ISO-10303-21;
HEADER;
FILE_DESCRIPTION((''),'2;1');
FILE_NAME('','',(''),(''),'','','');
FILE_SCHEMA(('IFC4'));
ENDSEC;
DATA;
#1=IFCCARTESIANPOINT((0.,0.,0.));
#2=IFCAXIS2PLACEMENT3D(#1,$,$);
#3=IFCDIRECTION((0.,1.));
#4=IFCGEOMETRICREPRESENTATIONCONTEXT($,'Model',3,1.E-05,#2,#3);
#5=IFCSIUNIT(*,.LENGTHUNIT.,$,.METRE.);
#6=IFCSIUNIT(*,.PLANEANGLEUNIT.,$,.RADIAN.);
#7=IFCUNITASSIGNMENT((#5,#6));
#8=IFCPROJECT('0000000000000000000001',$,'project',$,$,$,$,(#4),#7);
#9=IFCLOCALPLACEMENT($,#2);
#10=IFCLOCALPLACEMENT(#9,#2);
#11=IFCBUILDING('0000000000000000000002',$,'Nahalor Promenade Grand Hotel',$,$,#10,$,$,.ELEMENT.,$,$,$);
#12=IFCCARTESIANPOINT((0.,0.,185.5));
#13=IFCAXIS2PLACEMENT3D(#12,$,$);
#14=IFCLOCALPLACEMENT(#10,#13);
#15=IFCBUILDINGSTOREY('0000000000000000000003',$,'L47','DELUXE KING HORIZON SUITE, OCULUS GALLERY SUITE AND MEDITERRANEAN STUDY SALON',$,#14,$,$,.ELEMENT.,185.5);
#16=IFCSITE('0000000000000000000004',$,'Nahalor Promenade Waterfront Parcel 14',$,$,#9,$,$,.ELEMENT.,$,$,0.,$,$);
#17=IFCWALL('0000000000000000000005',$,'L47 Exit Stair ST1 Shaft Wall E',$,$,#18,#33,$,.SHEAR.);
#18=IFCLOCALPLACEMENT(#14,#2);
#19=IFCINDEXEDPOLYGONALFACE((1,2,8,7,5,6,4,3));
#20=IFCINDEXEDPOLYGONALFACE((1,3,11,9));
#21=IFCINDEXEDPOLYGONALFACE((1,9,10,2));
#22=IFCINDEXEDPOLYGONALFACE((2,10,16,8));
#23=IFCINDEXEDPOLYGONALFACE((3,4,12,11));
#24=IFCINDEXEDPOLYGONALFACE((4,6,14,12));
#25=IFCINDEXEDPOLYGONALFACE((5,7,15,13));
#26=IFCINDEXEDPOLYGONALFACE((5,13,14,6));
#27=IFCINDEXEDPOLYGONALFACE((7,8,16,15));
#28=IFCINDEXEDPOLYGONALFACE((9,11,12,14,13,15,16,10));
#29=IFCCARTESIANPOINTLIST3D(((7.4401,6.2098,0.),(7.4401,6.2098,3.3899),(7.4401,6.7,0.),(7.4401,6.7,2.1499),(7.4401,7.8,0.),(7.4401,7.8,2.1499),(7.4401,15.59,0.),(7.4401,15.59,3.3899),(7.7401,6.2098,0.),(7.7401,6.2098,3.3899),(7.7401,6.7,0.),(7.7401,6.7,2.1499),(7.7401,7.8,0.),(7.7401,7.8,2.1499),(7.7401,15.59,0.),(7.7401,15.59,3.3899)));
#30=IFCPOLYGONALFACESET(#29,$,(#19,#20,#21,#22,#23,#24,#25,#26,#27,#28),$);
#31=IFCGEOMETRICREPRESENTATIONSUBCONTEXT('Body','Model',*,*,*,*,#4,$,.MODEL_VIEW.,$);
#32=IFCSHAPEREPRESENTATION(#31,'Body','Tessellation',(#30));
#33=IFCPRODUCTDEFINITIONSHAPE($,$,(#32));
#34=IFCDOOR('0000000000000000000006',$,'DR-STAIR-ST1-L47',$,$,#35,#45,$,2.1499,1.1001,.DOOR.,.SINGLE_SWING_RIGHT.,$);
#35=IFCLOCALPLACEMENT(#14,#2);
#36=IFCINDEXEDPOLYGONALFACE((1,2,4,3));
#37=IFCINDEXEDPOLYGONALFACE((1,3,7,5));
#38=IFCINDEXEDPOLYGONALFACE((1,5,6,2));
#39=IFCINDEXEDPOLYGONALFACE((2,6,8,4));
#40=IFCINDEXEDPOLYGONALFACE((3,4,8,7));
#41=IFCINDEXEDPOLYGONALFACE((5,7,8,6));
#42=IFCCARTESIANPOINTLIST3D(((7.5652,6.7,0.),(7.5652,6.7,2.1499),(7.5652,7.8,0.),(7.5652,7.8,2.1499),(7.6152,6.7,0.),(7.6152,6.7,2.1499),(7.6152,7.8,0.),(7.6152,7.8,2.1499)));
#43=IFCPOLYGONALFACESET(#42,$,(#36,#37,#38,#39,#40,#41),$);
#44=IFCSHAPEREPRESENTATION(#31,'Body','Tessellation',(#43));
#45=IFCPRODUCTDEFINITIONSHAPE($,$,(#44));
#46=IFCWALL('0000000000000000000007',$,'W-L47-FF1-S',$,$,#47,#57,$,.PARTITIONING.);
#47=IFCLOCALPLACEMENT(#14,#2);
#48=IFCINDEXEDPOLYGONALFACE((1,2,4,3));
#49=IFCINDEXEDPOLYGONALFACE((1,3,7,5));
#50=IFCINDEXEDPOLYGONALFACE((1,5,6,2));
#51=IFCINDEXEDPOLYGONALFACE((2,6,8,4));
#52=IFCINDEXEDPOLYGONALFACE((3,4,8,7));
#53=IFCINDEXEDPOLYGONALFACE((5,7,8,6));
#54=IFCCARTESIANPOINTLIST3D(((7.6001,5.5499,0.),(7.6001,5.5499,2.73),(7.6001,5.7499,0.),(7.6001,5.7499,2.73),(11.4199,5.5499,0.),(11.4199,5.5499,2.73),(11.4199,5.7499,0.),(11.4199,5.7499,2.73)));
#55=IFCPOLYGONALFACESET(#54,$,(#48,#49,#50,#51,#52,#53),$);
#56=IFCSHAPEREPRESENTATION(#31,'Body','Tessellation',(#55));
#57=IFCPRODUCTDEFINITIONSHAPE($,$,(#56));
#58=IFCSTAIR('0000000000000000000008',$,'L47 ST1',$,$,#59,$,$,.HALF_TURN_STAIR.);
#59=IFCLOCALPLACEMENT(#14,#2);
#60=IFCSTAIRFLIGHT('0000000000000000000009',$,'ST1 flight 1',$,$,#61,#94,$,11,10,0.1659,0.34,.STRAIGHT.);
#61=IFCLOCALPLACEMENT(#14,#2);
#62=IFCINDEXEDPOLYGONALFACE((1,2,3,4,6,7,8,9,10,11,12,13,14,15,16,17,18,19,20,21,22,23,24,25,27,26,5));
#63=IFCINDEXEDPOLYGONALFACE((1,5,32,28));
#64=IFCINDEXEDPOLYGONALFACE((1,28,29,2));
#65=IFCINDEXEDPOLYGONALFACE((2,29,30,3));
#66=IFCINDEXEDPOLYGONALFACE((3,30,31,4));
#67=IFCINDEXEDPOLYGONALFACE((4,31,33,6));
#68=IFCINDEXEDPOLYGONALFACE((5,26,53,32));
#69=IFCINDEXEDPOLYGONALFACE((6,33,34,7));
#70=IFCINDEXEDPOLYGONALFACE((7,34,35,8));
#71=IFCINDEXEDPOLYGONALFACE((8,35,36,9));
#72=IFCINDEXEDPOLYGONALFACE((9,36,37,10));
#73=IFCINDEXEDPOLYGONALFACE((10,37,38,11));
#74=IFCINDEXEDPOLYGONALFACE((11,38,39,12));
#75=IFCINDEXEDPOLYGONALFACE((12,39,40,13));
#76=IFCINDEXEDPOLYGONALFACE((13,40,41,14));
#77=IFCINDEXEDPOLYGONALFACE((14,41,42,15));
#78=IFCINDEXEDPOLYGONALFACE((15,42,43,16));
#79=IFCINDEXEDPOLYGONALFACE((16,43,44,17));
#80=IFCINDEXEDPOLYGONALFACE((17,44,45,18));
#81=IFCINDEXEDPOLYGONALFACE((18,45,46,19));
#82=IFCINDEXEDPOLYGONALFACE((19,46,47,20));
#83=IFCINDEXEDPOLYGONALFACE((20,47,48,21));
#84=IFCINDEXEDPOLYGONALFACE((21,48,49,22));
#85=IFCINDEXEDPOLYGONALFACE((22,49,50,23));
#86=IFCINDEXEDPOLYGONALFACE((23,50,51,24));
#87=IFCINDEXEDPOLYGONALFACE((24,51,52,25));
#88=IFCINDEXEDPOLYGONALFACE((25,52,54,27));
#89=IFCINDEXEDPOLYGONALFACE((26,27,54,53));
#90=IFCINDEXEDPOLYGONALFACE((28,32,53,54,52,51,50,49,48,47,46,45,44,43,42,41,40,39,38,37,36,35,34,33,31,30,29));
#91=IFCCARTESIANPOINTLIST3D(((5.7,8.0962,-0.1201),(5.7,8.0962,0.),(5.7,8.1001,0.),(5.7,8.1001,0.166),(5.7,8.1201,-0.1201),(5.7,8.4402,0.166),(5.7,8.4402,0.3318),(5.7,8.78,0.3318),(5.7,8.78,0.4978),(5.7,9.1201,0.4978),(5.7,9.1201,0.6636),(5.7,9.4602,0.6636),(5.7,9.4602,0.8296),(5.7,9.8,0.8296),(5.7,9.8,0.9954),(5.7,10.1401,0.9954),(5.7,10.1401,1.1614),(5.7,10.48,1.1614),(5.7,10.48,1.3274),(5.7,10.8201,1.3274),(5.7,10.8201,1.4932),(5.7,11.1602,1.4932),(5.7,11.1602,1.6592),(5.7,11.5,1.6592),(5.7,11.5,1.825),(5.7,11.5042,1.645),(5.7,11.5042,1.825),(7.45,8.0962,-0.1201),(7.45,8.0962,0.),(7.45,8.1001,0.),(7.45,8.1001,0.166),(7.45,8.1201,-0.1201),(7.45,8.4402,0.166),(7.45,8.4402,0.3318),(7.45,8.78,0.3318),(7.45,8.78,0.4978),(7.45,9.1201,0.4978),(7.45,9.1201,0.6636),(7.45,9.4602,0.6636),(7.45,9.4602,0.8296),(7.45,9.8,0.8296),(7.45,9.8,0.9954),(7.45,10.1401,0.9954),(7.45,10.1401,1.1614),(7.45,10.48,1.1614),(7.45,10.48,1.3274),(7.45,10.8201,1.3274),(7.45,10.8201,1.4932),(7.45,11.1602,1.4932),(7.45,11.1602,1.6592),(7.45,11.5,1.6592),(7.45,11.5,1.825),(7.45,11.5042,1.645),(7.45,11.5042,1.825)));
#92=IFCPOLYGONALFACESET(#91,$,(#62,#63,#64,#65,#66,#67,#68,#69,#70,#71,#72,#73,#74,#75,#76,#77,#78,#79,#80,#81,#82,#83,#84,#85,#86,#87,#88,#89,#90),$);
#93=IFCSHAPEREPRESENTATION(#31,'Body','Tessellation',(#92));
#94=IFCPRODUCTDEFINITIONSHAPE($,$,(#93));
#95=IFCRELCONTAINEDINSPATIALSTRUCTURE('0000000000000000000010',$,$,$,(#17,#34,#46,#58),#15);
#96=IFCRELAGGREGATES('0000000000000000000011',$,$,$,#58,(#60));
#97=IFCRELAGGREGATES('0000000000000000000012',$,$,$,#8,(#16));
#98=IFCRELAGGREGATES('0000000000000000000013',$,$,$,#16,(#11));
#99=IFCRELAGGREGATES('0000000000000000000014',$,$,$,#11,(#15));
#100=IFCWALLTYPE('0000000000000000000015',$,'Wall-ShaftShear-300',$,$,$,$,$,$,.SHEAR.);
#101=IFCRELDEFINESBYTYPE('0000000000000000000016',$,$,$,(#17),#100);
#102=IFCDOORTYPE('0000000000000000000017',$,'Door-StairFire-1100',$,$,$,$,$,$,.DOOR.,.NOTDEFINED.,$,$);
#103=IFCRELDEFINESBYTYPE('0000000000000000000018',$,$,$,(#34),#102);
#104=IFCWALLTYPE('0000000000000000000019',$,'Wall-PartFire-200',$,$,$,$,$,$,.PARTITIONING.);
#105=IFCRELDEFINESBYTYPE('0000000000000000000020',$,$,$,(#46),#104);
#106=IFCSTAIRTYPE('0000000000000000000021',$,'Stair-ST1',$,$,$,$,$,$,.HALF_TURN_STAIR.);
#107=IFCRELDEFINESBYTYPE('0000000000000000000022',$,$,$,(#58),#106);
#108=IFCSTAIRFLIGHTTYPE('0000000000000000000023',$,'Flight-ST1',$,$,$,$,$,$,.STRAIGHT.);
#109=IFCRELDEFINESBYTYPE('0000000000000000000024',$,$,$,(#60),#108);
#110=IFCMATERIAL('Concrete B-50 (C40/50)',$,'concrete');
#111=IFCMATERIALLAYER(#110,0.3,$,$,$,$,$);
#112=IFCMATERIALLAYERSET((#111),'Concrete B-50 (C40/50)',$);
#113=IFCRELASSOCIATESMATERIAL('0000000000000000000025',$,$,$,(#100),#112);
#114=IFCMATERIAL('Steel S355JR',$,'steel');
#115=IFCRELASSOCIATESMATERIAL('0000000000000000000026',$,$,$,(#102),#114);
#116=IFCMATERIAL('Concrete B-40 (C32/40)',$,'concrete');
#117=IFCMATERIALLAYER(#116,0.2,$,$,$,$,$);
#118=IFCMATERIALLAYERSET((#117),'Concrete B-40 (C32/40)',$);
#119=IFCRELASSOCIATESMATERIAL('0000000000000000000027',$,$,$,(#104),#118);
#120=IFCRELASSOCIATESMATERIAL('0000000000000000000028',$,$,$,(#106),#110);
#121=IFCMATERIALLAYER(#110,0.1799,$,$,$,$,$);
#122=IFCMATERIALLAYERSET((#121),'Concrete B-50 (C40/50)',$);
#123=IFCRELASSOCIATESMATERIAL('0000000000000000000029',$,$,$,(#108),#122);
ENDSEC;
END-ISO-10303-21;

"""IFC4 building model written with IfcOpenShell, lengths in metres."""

from ifc_helpers import new_model, si_unit, direction, frame, frame_2d, origin, place, context, subcontext, project, spatial, polyline, rectangle, outline, extrude, source, transform, mapped, material, layer, layer_set, type_object, element, fill, aggregate, save


model = new_model("IFC4")

# Units and contexts
model_context = context("Model", 3, precision=1e-05, world=origin(), true_north=direction((0.0, 1.0)))
body_context = subcontext(model_context, "Body", "Model", "MODEL_VIEW")
ifc_project = project(units=[si_unit("LENGTHUNIT", "METRE"), si_unit("PLANEANGLEUNIT", "RADIAN")], contexts=[model_context])

# Site, building, storey
site_placement = place(None, origin())
site = spatial("IfcSite", under=ifc_project, at=site_placement, Name="Nahalor Promenade Waterfront Parcel 14", CompositionType="ELEMENT", RefElevation=0.0)
building_placement = place(site_placement, origin())
building = spatial("IfcBuilding", under=site, at=building_placement, Name="Nahalor Promenade Grand Hotel", CompositionType="ELEMENT")
storey_placement = place(building_placement, frame((0.0, 0.0, 185.5)))
storey = spatial("IfcBuildingStorey", under=building, at=storey_placement, Name="L47", Description="DELUXE KING HORIZON SUITE, OCULUS GALLERY SUITE AND MEDITERRANEAN STUDY SALON", CompositionType="ELEMENT", Elevation=185.5)

# Shared definitions
ifc_material_1 = material(Name="Steel S355JR", Category="steel")

# Wall, opening, door
ifc_material_2 = material(Name="Concrete B-50 (C40/50)", Category="concrete")
ifc_layer_1 = layer(ifc_material_2, 0.3)
ifc_layer_set_1 = layer_set([ifc_layer_1], Name="Concrete B-50 (C40/50)")
wall_type_1 = type_object("IfcWallType", Name="Wall-ShaftShear-300", PredefinedType="SHEAR", material=ifc_layer_set_1)
shared_shape_1 = source(origin(), body_context, "Body", "SweptSolid", [
    extrude(rectangle(XDim=9.3801, YDim=0.3, at=frame_2d((4.6899, 0.0))), origin(), (0.0, 0.0, 1.0), 3.3899),
])
wall_1_placement = place(storey_placement, frame((7.5901, 6.21, 0.0), z_axis=(0.0, 0.0, 1.0), x_axis=(0.0, 1.0, 0.0)))
wall_1 = element("IfcWall", 1, at=wall_1_placement, inside=storey, type_object=wall_type_1, Name="L47 Exit Stair ST1 Shaft Wall E", PredefinedType="SHEAR", context=body_context, shape_type="MappedRepresentation", body=[
    mapped(shared_shape_1, transform((0.0, 0.0, 0.0), scale=1.0)),
])
opening_1_placement = place(wall_1_placement, frame((0.49, 0.0, 0.0)))
opening_1 = element("IfcOpeningElement", 2, at=opening_1_placement, cuts=wall_1, PredefinedType="OPENING", context=body_context, shape_type="SweptSolid", body=[
    extrude(rectangle(XDim=1.1001, YDim=2.1499, at=frame_2d((0.55, 1.075))), frame((0.0, 0.1599, 0.0), z_axis=(0.0, -1.0, 0.0), x_axis=(1.0, 0.0, 0.0)), (0.0, 0.0, 1.0), 0.3201),
])
door_type_1 = type_object("IfcDoorType", Name="Door-StairFire-1100", OperationType="NOTDEFINED", PredefinedType="DOOR", material=ifc_material_1)
shared_shape_2 = source(origin(), body_context, "Body", "SweptSolid", [
    extrude(rectangle(XDim=1.1001, YDim=2.1499, at=frame_2d((0.55, 1.075))), frame((0.0, 0.0249, 0.0), z_axis=(0.0, -1.0, 0.0), x_axis=(1.0, 0.0, 0.0)), (0.0, 0.0, 1.0), 0.05),
])
door_1_placement = place(opening_1_placement, origin())
door_1 = element("IfcDoor", 3, at=door_1_placement, inside=storey, type_object=door_type_1, Name="DR-STAIR-ST1-L47", OperationType="SINGLE_SWING_RIGHT", OverallHeight=2.1499, OverallWidth=1.1001, PredefinedType="DOOR", context=body_context, shape_type="MappedRepresentation", body=[
    mapped(shared_shape_2, transform((0.0, 0.0, 0.0), scale=1.0)),
])
fill(opening_1, door_1)

# Wall
ifc_material_3 = material(Name="Concrete B-40 (C32/40)", Category="concrete")
ifc_layer_2 = layer(ifc_material_3, 0.2)
ifc_layer_set_2 = layer_set([ifc_layer_2], Name="Concrete B-40 (C32/40)")
wall_type_2 = type_object("IfcWallType", Name="Wall-PartFire-200", PredefinedType="PARTITIONING", material=ifc_layer_set_2)
shared_shape_3 = source(origin(), body_context, "Body", "SweptSolid", [
    extrude(rectangle(XDim=3.8198, YDim=0.2, at=frame_2d((1.9099, 0.0))), origin(), (0.0, 0.0, 1.0), 2.73),
])
wall_2_placement = place(storey_placement, frame((7.6001, 5.6499, 0.0), z_axis=(0.0, 0.0, 1.0), x_axis=(1.0, 0.0, 0.0)))
element("IfcWall", 4, at=wall_2_placement, inside=storey, type_object=wall_type_2, Name="W-L47-FF1-S", PredefinedType="PARTITIONING", context=body_context, shape_type="MappedRepresentation", body=[
    mapped(shared_shape_3, transform((0.0, 0.0, 0.0), scale=1.0)),
])

# Stair, stair flight
stair_type = type_object("IfcStairType", Name="Stair-ST1", PredefinedType="HALF_TURN_STAIR", material=ifc_material_2)
stair_placement = place(storey_placement, origin())
stair = element("IfcStair", 5, at=stair_placement, inside=storey, type_object=stair_type, Name="L47 ST1", PredefinedType="HALF_TURN_STAIR")
ifc_layer_3 = layer(ifc_material_2, 0.1799)
ifc_layer_set_3 = layer_set([ifc_layer_3], Name="Concrete B-50 (C40/50)")
stair_flight_type = type_object("IfcStairFlightType", Name="Flight-ST1", PredefinedType="STRAIGHT", material=ifc_layer_set_3)
shared_shape_4 = source(origin(), body_context, "Body", "SweptSolid", [
    extrude(outline(polyline([(-0.0039, -0.1201), (-0.0039, 0.0), (0.0, 0.0), (0.0, 0.166), (0.3401, 0.166), (0.3401, 0.3318), (0.6799, 0.3318), (0.6799, 0.4978), (1.02, 0.4978), (1.02, 0.6636), (1.3601, 0.6636), (1.3601, 0.8296), (1.7, 0.8296), (1.7, 0.9954), (2.04, 0.9954), (2.04, 1.1614), (2.3799, 1.1614), (2.3799, 1.3274), (2.72, 1.3274), (2.72, 1.4932), (3.0601, 1.4932), (3.0601, 1.6592), (3.3999, 1.6592), (3.3999, 1.825), (3.4041, 1.825), (3.4041, 1.645), (0.02, -0.1201), (-0.0039, -0.1201)])), frame((0.0, 0.875, 0.0), z_axis=(0.0, -1.0, 0.0), x_axis=(1.0, 0.0, 0.0)), (0.0, 0.0, 1.0), 1.75),
])
stair_flight_placement = place(storey_placement, frame((6.575, 8.1001, 0.0), z_axis=(0.0, 0.0, 1.0), x_axis=(0.0, 1.0, 0.0)))
stair_flight = element("IfcStairFlight", 6, at=stair_flight_placement, type_object=stair_flight_type, Name="ST1 flight 1", NumberOfRisers=11, NumberOfTreads=10, PredefinedType="STRAIGHT", RiserHeight=0.1659, TreadLength=0.34, context=body_context, shape_type="MappedRepresentation", body=[
    mapped(shared_shape_4, transform((0.0, 0.0, 0.0), scale=1.0)),
])
aggregate(stair, [stair_flight])

save(model, "model.ifc")
